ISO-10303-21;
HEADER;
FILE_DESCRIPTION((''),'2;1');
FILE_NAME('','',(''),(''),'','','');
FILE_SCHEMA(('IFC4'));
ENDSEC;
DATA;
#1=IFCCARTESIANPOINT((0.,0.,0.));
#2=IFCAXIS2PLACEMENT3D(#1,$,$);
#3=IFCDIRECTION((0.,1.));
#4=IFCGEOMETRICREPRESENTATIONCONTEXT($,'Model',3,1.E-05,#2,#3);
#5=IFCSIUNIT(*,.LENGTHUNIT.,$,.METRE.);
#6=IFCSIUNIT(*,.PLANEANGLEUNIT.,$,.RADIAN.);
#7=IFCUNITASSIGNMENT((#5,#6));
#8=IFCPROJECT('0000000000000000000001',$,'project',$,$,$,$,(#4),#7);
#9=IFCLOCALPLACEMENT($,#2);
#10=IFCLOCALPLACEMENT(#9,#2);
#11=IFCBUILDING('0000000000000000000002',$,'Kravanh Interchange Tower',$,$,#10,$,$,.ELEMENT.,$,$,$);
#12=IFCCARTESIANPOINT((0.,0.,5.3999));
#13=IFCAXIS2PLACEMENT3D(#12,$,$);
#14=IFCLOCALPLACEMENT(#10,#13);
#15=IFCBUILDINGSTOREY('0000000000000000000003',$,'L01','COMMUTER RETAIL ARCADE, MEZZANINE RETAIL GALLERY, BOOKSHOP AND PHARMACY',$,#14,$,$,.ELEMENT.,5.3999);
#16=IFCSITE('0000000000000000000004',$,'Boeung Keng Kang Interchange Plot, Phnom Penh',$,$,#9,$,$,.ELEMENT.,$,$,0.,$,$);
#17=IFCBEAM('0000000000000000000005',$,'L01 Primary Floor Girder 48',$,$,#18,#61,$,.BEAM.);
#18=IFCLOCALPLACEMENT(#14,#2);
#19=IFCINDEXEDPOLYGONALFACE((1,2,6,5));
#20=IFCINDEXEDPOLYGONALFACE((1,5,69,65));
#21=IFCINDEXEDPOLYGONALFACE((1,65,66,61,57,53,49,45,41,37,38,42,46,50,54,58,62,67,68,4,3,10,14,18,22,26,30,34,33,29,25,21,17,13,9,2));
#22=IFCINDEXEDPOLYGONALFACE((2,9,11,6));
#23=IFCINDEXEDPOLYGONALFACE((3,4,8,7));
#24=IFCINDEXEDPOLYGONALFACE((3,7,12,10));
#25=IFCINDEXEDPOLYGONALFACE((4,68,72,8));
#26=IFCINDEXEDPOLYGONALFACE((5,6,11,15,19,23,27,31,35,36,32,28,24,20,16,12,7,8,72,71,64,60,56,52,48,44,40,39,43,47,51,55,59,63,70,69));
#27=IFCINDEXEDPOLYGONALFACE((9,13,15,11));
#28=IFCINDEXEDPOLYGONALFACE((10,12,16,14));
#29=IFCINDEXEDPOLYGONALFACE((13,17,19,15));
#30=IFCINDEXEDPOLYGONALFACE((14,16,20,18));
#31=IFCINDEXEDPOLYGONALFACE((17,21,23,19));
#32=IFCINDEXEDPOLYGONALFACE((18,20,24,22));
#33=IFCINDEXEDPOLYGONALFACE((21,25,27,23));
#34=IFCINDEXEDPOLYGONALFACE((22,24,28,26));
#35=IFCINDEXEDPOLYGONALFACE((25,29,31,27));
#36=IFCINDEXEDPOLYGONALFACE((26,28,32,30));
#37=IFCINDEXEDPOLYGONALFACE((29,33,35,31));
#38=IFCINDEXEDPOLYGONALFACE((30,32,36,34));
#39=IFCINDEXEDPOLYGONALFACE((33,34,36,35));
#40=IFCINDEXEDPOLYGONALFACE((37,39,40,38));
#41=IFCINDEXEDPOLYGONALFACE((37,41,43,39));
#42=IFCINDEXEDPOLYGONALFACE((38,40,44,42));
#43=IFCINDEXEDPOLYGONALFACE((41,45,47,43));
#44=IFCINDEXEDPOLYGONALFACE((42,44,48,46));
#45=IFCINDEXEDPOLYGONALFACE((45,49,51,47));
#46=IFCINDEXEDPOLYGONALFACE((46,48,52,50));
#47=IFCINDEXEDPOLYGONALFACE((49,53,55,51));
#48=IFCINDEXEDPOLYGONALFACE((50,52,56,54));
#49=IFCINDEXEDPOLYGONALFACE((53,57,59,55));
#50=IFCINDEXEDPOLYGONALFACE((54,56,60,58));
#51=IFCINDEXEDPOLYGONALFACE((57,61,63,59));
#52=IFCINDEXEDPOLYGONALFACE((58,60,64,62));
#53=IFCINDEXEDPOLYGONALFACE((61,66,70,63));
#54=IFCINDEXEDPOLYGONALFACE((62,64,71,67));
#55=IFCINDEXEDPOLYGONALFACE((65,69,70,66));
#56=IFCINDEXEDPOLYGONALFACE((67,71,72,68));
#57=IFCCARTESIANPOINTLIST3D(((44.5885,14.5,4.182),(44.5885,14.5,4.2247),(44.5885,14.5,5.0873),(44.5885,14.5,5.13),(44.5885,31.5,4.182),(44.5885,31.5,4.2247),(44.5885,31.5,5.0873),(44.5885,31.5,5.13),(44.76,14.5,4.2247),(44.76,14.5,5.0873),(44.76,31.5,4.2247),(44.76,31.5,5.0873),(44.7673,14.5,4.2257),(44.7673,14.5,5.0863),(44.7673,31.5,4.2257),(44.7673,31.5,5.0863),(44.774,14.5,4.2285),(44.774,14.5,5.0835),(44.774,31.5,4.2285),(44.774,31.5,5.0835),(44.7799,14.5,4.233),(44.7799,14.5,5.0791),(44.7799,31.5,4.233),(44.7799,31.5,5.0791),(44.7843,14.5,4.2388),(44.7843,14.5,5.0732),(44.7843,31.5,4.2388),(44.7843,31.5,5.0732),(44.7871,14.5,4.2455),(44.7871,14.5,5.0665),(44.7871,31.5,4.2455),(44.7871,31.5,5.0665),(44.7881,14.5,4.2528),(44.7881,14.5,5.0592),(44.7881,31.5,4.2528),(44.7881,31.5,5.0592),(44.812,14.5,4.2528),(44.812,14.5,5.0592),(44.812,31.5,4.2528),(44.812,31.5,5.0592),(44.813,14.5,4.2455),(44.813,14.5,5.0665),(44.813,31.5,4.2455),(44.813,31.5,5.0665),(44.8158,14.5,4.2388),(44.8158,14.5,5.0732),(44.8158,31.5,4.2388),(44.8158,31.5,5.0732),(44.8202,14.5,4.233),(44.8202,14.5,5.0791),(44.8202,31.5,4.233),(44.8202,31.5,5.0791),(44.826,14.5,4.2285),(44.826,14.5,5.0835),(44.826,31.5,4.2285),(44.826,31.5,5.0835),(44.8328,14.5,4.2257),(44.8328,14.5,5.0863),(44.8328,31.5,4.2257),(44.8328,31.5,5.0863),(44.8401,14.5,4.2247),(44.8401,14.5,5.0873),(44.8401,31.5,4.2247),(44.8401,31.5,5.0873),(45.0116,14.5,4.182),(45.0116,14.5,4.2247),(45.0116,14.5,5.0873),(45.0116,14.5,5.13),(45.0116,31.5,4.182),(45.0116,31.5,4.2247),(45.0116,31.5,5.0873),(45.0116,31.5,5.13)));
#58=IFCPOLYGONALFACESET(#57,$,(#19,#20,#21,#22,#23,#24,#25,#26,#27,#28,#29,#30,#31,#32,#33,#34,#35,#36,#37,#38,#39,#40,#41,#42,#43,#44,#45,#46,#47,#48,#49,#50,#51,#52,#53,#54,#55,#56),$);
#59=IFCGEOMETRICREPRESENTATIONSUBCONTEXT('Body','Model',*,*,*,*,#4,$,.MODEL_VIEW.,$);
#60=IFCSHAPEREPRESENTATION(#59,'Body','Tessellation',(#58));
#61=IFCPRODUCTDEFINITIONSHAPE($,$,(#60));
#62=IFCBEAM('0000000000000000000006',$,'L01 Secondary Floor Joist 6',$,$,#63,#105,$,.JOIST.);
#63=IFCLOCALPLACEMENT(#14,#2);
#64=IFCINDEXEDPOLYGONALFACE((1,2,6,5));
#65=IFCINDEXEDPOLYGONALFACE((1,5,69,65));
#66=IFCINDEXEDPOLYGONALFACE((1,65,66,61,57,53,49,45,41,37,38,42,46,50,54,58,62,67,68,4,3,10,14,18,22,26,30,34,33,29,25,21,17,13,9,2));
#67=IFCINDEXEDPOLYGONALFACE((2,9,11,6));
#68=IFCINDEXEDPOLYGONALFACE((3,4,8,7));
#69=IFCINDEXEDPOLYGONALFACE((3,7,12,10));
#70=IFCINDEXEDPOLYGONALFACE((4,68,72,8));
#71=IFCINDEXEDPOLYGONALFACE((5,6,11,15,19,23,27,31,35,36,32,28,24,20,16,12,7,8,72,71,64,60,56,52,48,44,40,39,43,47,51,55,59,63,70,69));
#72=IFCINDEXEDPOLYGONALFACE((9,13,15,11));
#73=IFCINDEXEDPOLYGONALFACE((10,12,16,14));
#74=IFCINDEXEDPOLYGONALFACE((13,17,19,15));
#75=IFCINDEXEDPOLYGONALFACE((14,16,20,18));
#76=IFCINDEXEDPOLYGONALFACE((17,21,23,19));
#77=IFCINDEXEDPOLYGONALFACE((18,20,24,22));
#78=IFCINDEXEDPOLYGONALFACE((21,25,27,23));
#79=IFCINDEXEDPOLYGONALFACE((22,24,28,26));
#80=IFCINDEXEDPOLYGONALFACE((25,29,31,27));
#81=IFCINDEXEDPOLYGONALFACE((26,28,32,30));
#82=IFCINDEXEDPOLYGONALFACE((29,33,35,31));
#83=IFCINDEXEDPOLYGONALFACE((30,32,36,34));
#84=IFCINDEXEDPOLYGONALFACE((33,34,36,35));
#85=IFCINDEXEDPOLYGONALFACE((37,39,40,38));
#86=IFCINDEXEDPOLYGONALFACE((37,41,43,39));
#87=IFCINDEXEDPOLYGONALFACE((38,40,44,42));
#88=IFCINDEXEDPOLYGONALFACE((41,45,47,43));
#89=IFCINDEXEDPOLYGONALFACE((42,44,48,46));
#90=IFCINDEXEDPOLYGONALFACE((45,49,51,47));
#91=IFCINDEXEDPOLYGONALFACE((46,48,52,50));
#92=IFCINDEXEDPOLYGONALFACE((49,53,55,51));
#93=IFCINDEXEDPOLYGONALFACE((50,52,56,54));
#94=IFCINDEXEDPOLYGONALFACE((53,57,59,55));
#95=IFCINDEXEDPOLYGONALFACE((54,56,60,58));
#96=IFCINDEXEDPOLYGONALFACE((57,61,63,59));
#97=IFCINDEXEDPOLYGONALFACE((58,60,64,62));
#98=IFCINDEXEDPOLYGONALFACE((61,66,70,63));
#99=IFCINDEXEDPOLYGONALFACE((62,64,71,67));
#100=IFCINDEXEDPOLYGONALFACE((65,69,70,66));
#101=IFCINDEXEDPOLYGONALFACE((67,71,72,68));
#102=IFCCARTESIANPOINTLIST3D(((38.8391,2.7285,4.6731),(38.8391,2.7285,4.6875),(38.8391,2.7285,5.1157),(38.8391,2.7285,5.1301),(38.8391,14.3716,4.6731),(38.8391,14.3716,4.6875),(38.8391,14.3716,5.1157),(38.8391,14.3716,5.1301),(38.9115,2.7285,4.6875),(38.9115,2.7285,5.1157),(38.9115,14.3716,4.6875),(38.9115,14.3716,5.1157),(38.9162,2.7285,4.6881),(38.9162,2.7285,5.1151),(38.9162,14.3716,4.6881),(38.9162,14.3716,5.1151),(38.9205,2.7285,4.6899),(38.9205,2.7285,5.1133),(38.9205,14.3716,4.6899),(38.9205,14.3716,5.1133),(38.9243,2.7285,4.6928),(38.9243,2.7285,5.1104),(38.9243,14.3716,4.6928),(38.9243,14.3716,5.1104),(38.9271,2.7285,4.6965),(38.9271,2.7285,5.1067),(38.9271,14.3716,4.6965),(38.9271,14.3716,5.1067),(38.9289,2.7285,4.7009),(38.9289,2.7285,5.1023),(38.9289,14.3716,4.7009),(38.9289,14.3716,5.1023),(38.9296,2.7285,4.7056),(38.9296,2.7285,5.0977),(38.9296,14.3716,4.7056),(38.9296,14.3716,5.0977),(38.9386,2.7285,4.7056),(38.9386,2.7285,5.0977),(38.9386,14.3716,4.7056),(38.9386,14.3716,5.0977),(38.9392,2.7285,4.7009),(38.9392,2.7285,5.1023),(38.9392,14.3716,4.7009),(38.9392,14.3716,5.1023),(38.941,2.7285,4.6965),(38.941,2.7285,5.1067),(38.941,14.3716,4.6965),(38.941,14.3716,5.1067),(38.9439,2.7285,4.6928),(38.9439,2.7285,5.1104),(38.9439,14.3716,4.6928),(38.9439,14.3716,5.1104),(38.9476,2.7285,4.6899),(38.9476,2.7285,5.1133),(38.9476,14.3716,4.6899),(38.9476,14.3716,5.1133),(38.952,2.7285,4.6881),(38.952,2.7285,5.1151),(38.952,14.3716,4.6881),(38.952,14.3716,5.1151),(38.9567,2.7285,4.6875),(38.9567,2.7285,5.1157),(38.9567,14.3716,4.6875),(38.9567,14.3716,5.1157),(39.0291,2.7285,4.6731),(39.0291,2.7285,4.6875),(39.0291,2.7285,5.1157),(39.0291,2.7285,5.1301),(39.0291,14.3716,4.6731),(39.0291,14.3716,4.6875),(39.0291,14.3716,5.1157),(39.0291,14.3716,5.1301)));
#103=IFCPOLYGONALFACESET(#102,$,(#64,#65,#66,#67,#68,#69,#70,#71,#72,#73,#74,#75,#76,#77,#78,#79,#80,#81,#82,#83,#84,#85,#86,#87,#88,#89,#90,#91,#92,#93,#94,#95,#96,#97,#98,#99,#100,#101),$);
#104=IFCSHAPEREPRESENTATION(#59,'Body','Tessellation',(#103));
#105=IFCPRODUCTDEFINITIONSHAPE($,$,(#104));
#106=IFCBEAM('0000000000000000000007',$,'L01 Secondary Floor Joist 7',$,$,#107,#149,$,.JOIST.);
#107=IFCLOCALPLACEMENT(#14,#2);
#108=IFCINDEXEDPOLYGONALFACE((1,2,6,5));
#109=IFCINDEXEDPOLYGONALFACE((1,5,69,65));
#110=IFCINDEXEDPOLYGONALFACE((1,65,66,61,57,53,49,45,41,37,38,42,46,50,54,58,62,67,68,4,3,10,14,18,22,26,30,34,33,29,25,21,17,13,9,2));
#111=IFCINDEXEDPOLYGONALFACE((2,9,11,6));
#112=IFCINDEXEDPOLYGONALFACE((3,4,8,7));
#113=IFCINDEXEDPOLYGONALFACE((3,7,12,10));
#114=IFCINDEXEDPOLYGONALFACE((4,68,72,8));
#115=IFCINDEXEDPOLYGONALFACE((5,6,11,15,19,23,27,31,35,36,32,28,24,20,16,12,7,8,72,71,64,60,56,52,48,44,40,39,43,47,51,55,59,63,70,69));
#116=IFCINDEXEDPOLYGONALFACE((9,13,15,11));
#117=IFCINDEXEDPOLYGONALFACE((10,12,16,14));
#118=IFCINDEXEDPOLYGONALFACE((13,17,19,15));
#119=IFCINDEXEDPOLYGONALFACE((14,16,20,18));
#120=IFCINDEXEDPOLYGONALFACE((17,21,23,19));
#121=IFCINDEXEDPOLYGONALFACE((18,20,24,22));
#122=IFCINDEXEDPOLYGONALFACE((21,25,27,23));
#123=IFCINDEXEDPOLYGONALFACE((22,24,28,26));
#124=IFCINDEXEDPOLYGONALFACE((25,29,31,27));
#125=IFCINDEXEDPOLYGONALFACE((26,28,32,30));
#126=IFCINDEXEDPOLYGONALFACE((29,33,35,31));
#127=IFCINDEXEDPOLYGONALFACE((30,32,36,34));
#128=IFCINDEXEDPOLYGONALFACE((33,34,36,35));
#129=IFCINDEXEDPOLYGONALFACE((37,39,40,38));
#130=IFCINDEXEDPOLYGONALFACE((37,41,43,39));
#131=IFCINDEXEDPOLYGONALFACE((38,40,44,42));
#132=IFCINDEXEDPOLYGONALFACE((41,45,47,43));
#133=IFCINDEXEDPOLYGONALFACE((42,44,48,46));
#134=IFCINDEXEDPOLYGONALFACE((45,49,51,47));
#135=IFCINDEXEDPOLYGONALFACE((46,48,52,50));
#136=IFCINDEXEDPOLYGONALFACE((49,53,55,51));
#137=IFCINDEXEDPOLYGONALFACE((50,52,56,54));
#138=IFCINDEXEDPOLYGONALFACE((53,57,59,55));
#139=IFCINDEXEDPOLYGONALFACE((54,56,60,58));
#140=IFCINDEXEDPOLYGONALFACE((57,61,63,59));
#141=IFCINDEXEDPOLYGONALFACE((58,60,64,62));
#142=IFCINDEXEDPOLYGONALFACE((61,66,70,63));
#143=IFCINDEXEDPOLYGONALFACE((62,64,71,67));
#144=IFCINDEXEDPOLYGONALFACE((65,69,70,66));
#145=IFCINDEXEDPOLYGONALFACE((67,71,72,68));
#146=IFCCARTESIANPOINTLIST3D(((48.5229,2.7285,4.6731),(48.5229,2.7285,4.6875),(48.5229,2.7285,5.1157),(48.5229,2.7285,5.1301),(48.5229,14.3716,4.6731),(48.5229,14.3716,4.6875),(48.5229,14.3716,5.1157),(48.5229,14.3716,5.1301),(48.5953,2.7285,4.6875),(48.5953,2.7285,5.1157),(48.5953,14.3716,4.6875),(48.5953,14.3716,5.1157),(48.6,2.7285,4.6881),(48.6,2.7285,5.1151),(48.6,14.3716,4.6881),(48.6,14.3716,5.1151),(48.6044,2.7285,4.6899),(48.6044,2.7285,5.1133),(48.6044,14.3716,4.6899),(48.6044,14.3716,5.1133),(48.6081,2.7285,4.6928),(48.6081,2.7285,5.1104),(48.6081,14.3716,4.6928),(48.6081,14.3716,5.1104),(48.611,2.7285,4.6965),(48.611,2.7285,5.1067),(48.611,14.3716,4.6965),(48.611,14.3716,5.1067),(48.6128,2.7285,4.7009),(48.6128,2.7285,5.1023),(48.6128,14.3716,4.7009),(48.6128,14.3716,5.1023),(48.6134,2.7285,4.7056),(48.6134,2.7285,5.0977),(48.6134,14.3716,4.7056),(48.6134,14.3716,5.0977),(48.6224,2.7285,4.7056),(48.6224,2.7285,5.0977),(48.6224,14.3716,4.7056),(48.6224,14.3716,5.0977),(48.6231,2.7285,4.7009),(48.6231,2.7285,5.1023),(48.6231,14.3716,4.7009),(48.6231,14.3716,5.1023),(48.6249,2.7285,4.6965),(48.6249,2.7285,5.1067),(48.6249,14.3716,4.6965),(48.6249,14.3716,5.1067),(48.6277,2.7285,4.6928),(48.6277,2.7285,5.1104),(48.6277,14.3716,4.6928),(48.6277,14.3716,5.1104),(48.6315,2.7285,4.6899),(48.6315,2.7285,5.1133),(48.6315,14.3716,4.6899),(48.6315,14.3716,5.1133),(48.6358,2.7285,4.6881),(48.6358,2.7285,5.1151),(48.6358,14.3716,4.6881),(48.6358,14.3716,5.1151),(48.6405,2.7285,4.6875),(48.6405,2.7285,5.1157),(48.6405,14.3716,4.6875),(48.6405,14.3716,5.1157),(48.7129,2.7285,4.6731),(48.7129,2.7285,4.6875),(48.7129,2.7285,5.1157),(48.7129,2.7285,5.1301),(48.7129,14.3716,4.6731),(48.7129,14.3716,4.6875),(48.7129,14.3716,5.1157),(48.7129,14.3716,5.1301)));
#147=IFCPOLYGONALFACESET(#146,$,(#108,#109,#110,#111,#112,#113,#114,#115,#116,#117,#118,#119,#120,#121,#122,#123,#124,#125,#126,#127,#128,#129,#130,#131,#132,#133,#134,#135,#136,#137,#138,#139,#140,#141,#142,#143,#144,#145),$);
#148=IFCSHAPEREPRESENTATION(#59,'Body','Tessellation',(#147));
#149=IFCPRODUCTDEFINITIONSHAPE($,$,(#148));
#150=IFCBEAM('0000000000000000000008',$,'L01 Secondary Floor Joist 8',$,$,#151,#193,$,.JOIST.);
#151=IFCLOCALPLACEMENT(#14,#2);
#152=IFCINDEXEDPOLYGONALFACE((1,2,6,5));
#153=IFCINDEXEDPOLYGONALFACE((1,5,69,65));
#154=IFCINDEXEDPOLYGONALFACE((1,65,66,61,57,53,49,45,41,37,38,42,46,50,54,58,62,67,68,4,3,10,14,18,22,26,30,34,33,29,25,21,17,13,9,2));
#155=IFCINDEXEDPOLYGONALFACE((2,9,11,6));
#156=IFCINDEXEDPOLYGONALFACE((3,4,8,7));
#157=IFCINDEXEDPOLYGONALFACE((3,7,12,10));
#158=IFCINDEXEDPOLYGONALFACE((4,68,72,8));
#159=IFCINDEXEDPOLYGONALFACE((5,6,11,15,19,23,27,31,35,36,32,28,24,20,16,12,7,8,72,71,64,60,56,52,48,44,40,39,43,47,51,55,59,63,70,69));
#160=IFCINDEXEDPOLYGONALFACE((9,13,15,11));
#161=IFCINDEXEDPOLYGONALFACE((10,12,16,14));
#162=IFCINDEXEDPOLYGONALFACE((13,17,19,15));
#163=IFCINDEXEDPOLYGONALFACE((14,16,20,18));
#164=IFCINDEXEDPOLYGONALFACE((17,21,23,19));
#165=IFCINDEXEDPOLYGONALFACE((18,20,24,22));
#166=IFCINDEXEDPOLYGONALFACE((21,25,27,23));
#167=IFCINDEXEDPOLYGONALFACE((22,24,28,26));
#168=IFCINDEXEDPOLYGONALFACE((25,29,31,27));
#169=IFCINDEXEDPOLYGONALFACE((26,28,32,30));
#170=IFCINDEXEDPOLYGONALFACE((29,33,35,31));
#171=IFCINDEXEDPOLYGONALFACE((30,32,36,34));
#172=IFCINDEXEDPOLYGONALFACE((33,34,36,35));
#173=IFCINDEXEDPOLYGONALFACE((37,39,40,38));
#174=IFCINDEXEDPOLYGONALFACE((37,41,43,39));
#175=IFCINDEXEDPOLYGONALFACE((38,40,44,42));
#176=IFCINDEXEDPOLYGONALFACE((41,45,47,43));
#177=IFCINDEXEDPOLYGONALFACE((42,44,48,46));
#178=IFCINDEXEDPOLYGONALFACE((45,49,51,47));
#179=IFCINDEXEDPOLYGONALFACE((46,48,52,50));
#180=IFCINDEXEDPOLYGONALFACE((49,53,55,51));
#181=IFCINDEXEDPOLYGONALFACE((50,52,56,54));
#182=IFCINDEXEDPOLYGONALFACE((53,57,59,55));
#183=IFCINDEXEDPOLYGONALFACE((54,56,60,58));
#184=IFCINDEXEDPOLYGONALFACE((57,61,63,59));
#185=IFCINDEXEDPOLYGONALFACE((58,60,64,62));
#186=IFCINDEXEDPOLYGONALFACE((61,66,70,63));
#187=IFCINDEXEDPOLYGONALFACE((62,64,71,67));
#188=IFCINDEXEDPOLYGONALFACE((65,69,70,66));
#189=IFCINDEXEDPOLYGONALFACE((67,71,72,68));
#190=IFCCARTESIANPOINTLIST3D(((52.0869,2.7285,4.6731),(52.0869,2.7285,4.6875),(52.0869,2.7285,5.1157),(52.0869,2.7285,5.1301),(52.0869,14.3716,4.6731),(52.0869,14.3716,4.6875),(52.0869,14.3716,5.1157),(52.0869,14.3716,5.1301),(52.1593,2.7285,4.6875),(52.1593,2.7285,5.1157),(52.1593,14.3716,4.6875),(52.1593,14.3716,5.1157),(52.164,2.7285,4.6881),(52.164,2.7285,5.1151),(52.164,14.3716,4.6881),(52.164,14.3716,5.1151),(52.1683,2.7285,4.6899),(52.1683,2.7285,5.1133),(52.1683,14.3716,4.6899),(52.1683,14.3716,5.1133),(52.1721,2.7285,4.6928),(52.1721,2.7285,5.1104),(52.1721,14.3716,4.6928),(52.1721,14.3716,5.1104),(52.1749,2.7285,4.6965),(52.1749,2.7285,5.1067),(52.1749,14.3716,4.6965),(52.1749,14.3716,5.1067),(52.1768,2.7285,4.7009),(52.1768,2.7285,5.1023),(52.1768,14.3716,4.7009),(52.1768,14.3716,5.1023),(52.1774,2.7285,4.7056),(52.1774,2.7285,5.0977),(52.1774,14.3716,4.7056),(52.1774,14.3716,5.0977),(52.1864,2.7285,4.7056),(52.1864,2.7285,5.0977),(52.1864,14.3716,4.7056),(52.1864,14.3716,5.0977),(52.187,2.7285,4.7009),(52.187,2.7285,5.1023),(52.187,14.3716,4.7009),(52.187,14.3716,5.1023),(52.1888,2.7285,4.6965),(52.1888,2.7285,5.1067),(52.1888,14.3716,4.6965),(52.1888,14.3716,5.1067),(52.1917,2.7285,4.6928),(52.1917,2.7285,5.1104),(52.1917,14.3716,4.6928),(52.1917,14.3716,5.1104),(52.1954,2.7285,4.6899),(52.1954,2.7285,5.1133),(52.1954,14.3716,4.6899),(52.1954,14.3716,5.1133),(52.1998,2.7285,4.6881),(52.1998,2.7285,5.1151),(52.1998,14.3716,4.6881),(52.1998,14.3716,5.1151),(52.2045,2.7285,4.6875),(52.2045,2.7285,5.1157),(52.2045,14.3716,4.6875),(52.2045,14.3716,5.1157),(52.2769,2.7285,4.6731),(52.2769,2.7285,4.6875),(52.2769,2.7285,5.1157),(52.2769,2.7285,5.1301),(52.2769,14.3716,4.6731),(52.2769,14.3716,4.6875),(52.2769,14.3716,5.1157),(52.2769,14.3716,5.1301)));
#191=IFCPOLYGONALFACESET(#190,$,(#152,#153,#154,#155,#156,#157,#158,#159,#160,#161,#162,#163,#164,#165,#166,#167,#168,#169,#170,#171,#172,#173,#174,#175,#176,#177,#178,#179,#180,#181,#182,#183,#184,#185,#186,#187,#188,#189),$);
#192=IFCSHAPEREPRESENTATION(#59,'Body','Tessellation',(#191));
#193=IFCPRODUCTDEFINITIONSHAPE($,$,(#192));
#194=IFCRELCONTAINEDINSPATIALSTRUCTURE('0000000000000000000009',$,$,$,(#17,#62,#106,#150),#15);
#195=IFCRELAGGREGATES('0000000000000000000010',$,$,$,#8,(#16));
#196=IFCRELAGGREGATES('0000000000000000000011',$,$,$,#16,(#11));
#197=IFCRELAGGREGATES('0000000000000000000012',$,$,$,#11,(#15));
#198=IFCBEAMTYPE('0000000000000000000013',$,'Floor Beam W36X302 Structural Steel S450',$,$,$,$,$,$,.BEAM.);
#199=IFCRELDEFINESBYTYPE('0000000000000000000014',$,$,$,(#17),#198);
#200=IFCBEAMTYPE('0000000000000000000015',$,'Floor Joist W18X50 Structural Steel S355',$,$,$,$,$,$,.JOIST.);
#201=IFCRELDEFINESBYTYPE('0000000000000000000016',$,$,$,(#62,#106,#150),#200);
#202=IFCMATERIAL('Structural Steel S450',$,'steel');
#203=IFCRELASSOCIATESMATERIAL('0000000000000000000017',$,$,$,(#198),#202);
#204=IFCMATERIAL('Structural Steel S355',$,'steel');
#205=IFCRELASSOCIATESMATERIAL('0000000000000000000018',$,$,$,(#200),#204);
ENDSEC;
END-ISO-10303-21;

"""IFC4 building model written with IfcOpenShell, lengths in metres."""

from ifc_helpers import new_model, si_unit, direction, frame, origin, origin_2d, place, context, subcontext, project, spatial, i_section, extrude, material, material_profile, profile_set, type_object, element, save


model = new_model("IFC4")

# Units and contexts
model_context = context("Model", 3, precision=1e-05, world=origin(), true_north=direction((0.0, 1.0)))
body_context = subcontext(model_context, "Body", "Model", "MODEL_VIEW")
ifc_project = project(units=[si_unit("LENGTHUNIT", "METRE"), si_unit("PLANEANGLEUNIT", "RADIAN")], contexts=[model_context])

# Site, building, storey
site_placement = place(None, origin())
site = spatial("IfcSite", under=ifc_project, at=site_placement, Name="Boeung Keng Kang Interchange Plot, Phnom Penh", CompositionType="ELEMENT", RefElevation=0.0)
building_placement = place(site_placement, origin())
building = spatial("IfcBuilding", under=site, at=building_placement, Name="Kravanh Interchange Tower", CompositionType="ELEMENT")
storey_placement = place(building_placement, frame((0.0, 0.0, 5.3999)))
storey = spatial("IfcBuildingStorey", under=building, at=storey_placement, Name="L01", Description="COMMUTER RETAIL ARCADE, MEZZANINE RETAIL GALLERY, BOOKSHOP AND PHARMACY", CompositionType="ELEMENT", Elevation=5.3999)

# Beams
ifc_material_1 = material(Name="Structural Steel S450", Category="steel")
ifc_material_profile_1 = material_profile(ifc_material_1, i_section(OverallWidth=0.4231, OverallDepth=0.948, WebThickness=0.0239, FlangeThickness=0.0427, FilletRadius=0.0281, at=origin_2d()), Name="W36X302")
ifc_profile_set_1 = profile_set([ifc_material_profile_1], Name="Structural Steel S450")
beam_type_1 = type_object("IfcBeamType", Name="Floor Beam W36X302 Structural Steel S450", PredefinedType="BEAM", material=ifc_profile_set_1)
beam_1_placement = place(storey_placement, frame((44.8, 14.5, 4.656), z_axis=(0.0, 1.0, 0.0), x_axis=(-1.0, 0.0, 0.0)))
element("IfcBeam", 1, at=beam_1_placement, inside=storey, type_object=beam_type_1, Name="L01 Primary Floor Girder 48", PredefinedType="BEAM", context=body_context, shape_type="SweptSolid", body=[
    extrude(i_section(OverallWidth=0.4231, OverallDepth=0.948, WebThickness=0.0239, FlangeThickness=0.0427, FilletRadius=0.0281, at=origin_2d()), origin(), (0.0, 0.0, 1.0), 17.0),
])
ifc_material_2 = material(Name="Structural Steel S355", Category="steel")
ifc_material_profile_2 = material_profile(ifc_material_2, i_section(OverallWidth=0.1899, OverallDepth=0.457, WebThickness=0.009, FlangeThickness=0.0144, FilletRadius=0.0181, at=origin_2d()), Name="W18X50")
ifc_profile_set_2 = profile_set([ifc_material_profile_2], Name="Structural Steel S355")
beam_type_2 = type_object("IfcBeamType", Name="Floor Joist W18X50 Structural Steel S355", PredefinedType="JOIST", material=ifc_profile_set_2)
for number, where, z_axis, x_axis, name in (
    (2, (38.9341, 2.7285, 4.9016), (0.0, 1.0, 0.0), (-1.0, 0.0, 0.0), "L01 Secondary Floor Joist 6"),
    (3, (48.6179, 2.7285, 4.9016), (0.0, 1.0, 0.0), (-1.0, 0.0, 0.0), "L01 Secondary Floor Joist 7"),
    (4, (52.1819, 2.7285, 4.9016), (0.0, 1.0, 0.0), (-1.0, 0.0, 0.0), "L01 Secondary Floor Joist 8"),
):
    element("IfcBeam", number, at=place(storey_placement, frame(where, z_axis=z_axis, x_axis=x_axis)), inside=storey, type_object=beam_type_2, Name=name, PredefinedType="JOIST", context=body_context, shape_type="SweptSolid", body=[
        extrude(i_section(OverallWidth=0.1899, OverallDepth=0.457, WebThickness=0.009, FlangeThickness=0.0144, FilletRadius=0.0181, at=origin_2d()), origin(), (0.0, 0.0, 1.0), 11.6431),
    ])

save(model, "model.ifc")
